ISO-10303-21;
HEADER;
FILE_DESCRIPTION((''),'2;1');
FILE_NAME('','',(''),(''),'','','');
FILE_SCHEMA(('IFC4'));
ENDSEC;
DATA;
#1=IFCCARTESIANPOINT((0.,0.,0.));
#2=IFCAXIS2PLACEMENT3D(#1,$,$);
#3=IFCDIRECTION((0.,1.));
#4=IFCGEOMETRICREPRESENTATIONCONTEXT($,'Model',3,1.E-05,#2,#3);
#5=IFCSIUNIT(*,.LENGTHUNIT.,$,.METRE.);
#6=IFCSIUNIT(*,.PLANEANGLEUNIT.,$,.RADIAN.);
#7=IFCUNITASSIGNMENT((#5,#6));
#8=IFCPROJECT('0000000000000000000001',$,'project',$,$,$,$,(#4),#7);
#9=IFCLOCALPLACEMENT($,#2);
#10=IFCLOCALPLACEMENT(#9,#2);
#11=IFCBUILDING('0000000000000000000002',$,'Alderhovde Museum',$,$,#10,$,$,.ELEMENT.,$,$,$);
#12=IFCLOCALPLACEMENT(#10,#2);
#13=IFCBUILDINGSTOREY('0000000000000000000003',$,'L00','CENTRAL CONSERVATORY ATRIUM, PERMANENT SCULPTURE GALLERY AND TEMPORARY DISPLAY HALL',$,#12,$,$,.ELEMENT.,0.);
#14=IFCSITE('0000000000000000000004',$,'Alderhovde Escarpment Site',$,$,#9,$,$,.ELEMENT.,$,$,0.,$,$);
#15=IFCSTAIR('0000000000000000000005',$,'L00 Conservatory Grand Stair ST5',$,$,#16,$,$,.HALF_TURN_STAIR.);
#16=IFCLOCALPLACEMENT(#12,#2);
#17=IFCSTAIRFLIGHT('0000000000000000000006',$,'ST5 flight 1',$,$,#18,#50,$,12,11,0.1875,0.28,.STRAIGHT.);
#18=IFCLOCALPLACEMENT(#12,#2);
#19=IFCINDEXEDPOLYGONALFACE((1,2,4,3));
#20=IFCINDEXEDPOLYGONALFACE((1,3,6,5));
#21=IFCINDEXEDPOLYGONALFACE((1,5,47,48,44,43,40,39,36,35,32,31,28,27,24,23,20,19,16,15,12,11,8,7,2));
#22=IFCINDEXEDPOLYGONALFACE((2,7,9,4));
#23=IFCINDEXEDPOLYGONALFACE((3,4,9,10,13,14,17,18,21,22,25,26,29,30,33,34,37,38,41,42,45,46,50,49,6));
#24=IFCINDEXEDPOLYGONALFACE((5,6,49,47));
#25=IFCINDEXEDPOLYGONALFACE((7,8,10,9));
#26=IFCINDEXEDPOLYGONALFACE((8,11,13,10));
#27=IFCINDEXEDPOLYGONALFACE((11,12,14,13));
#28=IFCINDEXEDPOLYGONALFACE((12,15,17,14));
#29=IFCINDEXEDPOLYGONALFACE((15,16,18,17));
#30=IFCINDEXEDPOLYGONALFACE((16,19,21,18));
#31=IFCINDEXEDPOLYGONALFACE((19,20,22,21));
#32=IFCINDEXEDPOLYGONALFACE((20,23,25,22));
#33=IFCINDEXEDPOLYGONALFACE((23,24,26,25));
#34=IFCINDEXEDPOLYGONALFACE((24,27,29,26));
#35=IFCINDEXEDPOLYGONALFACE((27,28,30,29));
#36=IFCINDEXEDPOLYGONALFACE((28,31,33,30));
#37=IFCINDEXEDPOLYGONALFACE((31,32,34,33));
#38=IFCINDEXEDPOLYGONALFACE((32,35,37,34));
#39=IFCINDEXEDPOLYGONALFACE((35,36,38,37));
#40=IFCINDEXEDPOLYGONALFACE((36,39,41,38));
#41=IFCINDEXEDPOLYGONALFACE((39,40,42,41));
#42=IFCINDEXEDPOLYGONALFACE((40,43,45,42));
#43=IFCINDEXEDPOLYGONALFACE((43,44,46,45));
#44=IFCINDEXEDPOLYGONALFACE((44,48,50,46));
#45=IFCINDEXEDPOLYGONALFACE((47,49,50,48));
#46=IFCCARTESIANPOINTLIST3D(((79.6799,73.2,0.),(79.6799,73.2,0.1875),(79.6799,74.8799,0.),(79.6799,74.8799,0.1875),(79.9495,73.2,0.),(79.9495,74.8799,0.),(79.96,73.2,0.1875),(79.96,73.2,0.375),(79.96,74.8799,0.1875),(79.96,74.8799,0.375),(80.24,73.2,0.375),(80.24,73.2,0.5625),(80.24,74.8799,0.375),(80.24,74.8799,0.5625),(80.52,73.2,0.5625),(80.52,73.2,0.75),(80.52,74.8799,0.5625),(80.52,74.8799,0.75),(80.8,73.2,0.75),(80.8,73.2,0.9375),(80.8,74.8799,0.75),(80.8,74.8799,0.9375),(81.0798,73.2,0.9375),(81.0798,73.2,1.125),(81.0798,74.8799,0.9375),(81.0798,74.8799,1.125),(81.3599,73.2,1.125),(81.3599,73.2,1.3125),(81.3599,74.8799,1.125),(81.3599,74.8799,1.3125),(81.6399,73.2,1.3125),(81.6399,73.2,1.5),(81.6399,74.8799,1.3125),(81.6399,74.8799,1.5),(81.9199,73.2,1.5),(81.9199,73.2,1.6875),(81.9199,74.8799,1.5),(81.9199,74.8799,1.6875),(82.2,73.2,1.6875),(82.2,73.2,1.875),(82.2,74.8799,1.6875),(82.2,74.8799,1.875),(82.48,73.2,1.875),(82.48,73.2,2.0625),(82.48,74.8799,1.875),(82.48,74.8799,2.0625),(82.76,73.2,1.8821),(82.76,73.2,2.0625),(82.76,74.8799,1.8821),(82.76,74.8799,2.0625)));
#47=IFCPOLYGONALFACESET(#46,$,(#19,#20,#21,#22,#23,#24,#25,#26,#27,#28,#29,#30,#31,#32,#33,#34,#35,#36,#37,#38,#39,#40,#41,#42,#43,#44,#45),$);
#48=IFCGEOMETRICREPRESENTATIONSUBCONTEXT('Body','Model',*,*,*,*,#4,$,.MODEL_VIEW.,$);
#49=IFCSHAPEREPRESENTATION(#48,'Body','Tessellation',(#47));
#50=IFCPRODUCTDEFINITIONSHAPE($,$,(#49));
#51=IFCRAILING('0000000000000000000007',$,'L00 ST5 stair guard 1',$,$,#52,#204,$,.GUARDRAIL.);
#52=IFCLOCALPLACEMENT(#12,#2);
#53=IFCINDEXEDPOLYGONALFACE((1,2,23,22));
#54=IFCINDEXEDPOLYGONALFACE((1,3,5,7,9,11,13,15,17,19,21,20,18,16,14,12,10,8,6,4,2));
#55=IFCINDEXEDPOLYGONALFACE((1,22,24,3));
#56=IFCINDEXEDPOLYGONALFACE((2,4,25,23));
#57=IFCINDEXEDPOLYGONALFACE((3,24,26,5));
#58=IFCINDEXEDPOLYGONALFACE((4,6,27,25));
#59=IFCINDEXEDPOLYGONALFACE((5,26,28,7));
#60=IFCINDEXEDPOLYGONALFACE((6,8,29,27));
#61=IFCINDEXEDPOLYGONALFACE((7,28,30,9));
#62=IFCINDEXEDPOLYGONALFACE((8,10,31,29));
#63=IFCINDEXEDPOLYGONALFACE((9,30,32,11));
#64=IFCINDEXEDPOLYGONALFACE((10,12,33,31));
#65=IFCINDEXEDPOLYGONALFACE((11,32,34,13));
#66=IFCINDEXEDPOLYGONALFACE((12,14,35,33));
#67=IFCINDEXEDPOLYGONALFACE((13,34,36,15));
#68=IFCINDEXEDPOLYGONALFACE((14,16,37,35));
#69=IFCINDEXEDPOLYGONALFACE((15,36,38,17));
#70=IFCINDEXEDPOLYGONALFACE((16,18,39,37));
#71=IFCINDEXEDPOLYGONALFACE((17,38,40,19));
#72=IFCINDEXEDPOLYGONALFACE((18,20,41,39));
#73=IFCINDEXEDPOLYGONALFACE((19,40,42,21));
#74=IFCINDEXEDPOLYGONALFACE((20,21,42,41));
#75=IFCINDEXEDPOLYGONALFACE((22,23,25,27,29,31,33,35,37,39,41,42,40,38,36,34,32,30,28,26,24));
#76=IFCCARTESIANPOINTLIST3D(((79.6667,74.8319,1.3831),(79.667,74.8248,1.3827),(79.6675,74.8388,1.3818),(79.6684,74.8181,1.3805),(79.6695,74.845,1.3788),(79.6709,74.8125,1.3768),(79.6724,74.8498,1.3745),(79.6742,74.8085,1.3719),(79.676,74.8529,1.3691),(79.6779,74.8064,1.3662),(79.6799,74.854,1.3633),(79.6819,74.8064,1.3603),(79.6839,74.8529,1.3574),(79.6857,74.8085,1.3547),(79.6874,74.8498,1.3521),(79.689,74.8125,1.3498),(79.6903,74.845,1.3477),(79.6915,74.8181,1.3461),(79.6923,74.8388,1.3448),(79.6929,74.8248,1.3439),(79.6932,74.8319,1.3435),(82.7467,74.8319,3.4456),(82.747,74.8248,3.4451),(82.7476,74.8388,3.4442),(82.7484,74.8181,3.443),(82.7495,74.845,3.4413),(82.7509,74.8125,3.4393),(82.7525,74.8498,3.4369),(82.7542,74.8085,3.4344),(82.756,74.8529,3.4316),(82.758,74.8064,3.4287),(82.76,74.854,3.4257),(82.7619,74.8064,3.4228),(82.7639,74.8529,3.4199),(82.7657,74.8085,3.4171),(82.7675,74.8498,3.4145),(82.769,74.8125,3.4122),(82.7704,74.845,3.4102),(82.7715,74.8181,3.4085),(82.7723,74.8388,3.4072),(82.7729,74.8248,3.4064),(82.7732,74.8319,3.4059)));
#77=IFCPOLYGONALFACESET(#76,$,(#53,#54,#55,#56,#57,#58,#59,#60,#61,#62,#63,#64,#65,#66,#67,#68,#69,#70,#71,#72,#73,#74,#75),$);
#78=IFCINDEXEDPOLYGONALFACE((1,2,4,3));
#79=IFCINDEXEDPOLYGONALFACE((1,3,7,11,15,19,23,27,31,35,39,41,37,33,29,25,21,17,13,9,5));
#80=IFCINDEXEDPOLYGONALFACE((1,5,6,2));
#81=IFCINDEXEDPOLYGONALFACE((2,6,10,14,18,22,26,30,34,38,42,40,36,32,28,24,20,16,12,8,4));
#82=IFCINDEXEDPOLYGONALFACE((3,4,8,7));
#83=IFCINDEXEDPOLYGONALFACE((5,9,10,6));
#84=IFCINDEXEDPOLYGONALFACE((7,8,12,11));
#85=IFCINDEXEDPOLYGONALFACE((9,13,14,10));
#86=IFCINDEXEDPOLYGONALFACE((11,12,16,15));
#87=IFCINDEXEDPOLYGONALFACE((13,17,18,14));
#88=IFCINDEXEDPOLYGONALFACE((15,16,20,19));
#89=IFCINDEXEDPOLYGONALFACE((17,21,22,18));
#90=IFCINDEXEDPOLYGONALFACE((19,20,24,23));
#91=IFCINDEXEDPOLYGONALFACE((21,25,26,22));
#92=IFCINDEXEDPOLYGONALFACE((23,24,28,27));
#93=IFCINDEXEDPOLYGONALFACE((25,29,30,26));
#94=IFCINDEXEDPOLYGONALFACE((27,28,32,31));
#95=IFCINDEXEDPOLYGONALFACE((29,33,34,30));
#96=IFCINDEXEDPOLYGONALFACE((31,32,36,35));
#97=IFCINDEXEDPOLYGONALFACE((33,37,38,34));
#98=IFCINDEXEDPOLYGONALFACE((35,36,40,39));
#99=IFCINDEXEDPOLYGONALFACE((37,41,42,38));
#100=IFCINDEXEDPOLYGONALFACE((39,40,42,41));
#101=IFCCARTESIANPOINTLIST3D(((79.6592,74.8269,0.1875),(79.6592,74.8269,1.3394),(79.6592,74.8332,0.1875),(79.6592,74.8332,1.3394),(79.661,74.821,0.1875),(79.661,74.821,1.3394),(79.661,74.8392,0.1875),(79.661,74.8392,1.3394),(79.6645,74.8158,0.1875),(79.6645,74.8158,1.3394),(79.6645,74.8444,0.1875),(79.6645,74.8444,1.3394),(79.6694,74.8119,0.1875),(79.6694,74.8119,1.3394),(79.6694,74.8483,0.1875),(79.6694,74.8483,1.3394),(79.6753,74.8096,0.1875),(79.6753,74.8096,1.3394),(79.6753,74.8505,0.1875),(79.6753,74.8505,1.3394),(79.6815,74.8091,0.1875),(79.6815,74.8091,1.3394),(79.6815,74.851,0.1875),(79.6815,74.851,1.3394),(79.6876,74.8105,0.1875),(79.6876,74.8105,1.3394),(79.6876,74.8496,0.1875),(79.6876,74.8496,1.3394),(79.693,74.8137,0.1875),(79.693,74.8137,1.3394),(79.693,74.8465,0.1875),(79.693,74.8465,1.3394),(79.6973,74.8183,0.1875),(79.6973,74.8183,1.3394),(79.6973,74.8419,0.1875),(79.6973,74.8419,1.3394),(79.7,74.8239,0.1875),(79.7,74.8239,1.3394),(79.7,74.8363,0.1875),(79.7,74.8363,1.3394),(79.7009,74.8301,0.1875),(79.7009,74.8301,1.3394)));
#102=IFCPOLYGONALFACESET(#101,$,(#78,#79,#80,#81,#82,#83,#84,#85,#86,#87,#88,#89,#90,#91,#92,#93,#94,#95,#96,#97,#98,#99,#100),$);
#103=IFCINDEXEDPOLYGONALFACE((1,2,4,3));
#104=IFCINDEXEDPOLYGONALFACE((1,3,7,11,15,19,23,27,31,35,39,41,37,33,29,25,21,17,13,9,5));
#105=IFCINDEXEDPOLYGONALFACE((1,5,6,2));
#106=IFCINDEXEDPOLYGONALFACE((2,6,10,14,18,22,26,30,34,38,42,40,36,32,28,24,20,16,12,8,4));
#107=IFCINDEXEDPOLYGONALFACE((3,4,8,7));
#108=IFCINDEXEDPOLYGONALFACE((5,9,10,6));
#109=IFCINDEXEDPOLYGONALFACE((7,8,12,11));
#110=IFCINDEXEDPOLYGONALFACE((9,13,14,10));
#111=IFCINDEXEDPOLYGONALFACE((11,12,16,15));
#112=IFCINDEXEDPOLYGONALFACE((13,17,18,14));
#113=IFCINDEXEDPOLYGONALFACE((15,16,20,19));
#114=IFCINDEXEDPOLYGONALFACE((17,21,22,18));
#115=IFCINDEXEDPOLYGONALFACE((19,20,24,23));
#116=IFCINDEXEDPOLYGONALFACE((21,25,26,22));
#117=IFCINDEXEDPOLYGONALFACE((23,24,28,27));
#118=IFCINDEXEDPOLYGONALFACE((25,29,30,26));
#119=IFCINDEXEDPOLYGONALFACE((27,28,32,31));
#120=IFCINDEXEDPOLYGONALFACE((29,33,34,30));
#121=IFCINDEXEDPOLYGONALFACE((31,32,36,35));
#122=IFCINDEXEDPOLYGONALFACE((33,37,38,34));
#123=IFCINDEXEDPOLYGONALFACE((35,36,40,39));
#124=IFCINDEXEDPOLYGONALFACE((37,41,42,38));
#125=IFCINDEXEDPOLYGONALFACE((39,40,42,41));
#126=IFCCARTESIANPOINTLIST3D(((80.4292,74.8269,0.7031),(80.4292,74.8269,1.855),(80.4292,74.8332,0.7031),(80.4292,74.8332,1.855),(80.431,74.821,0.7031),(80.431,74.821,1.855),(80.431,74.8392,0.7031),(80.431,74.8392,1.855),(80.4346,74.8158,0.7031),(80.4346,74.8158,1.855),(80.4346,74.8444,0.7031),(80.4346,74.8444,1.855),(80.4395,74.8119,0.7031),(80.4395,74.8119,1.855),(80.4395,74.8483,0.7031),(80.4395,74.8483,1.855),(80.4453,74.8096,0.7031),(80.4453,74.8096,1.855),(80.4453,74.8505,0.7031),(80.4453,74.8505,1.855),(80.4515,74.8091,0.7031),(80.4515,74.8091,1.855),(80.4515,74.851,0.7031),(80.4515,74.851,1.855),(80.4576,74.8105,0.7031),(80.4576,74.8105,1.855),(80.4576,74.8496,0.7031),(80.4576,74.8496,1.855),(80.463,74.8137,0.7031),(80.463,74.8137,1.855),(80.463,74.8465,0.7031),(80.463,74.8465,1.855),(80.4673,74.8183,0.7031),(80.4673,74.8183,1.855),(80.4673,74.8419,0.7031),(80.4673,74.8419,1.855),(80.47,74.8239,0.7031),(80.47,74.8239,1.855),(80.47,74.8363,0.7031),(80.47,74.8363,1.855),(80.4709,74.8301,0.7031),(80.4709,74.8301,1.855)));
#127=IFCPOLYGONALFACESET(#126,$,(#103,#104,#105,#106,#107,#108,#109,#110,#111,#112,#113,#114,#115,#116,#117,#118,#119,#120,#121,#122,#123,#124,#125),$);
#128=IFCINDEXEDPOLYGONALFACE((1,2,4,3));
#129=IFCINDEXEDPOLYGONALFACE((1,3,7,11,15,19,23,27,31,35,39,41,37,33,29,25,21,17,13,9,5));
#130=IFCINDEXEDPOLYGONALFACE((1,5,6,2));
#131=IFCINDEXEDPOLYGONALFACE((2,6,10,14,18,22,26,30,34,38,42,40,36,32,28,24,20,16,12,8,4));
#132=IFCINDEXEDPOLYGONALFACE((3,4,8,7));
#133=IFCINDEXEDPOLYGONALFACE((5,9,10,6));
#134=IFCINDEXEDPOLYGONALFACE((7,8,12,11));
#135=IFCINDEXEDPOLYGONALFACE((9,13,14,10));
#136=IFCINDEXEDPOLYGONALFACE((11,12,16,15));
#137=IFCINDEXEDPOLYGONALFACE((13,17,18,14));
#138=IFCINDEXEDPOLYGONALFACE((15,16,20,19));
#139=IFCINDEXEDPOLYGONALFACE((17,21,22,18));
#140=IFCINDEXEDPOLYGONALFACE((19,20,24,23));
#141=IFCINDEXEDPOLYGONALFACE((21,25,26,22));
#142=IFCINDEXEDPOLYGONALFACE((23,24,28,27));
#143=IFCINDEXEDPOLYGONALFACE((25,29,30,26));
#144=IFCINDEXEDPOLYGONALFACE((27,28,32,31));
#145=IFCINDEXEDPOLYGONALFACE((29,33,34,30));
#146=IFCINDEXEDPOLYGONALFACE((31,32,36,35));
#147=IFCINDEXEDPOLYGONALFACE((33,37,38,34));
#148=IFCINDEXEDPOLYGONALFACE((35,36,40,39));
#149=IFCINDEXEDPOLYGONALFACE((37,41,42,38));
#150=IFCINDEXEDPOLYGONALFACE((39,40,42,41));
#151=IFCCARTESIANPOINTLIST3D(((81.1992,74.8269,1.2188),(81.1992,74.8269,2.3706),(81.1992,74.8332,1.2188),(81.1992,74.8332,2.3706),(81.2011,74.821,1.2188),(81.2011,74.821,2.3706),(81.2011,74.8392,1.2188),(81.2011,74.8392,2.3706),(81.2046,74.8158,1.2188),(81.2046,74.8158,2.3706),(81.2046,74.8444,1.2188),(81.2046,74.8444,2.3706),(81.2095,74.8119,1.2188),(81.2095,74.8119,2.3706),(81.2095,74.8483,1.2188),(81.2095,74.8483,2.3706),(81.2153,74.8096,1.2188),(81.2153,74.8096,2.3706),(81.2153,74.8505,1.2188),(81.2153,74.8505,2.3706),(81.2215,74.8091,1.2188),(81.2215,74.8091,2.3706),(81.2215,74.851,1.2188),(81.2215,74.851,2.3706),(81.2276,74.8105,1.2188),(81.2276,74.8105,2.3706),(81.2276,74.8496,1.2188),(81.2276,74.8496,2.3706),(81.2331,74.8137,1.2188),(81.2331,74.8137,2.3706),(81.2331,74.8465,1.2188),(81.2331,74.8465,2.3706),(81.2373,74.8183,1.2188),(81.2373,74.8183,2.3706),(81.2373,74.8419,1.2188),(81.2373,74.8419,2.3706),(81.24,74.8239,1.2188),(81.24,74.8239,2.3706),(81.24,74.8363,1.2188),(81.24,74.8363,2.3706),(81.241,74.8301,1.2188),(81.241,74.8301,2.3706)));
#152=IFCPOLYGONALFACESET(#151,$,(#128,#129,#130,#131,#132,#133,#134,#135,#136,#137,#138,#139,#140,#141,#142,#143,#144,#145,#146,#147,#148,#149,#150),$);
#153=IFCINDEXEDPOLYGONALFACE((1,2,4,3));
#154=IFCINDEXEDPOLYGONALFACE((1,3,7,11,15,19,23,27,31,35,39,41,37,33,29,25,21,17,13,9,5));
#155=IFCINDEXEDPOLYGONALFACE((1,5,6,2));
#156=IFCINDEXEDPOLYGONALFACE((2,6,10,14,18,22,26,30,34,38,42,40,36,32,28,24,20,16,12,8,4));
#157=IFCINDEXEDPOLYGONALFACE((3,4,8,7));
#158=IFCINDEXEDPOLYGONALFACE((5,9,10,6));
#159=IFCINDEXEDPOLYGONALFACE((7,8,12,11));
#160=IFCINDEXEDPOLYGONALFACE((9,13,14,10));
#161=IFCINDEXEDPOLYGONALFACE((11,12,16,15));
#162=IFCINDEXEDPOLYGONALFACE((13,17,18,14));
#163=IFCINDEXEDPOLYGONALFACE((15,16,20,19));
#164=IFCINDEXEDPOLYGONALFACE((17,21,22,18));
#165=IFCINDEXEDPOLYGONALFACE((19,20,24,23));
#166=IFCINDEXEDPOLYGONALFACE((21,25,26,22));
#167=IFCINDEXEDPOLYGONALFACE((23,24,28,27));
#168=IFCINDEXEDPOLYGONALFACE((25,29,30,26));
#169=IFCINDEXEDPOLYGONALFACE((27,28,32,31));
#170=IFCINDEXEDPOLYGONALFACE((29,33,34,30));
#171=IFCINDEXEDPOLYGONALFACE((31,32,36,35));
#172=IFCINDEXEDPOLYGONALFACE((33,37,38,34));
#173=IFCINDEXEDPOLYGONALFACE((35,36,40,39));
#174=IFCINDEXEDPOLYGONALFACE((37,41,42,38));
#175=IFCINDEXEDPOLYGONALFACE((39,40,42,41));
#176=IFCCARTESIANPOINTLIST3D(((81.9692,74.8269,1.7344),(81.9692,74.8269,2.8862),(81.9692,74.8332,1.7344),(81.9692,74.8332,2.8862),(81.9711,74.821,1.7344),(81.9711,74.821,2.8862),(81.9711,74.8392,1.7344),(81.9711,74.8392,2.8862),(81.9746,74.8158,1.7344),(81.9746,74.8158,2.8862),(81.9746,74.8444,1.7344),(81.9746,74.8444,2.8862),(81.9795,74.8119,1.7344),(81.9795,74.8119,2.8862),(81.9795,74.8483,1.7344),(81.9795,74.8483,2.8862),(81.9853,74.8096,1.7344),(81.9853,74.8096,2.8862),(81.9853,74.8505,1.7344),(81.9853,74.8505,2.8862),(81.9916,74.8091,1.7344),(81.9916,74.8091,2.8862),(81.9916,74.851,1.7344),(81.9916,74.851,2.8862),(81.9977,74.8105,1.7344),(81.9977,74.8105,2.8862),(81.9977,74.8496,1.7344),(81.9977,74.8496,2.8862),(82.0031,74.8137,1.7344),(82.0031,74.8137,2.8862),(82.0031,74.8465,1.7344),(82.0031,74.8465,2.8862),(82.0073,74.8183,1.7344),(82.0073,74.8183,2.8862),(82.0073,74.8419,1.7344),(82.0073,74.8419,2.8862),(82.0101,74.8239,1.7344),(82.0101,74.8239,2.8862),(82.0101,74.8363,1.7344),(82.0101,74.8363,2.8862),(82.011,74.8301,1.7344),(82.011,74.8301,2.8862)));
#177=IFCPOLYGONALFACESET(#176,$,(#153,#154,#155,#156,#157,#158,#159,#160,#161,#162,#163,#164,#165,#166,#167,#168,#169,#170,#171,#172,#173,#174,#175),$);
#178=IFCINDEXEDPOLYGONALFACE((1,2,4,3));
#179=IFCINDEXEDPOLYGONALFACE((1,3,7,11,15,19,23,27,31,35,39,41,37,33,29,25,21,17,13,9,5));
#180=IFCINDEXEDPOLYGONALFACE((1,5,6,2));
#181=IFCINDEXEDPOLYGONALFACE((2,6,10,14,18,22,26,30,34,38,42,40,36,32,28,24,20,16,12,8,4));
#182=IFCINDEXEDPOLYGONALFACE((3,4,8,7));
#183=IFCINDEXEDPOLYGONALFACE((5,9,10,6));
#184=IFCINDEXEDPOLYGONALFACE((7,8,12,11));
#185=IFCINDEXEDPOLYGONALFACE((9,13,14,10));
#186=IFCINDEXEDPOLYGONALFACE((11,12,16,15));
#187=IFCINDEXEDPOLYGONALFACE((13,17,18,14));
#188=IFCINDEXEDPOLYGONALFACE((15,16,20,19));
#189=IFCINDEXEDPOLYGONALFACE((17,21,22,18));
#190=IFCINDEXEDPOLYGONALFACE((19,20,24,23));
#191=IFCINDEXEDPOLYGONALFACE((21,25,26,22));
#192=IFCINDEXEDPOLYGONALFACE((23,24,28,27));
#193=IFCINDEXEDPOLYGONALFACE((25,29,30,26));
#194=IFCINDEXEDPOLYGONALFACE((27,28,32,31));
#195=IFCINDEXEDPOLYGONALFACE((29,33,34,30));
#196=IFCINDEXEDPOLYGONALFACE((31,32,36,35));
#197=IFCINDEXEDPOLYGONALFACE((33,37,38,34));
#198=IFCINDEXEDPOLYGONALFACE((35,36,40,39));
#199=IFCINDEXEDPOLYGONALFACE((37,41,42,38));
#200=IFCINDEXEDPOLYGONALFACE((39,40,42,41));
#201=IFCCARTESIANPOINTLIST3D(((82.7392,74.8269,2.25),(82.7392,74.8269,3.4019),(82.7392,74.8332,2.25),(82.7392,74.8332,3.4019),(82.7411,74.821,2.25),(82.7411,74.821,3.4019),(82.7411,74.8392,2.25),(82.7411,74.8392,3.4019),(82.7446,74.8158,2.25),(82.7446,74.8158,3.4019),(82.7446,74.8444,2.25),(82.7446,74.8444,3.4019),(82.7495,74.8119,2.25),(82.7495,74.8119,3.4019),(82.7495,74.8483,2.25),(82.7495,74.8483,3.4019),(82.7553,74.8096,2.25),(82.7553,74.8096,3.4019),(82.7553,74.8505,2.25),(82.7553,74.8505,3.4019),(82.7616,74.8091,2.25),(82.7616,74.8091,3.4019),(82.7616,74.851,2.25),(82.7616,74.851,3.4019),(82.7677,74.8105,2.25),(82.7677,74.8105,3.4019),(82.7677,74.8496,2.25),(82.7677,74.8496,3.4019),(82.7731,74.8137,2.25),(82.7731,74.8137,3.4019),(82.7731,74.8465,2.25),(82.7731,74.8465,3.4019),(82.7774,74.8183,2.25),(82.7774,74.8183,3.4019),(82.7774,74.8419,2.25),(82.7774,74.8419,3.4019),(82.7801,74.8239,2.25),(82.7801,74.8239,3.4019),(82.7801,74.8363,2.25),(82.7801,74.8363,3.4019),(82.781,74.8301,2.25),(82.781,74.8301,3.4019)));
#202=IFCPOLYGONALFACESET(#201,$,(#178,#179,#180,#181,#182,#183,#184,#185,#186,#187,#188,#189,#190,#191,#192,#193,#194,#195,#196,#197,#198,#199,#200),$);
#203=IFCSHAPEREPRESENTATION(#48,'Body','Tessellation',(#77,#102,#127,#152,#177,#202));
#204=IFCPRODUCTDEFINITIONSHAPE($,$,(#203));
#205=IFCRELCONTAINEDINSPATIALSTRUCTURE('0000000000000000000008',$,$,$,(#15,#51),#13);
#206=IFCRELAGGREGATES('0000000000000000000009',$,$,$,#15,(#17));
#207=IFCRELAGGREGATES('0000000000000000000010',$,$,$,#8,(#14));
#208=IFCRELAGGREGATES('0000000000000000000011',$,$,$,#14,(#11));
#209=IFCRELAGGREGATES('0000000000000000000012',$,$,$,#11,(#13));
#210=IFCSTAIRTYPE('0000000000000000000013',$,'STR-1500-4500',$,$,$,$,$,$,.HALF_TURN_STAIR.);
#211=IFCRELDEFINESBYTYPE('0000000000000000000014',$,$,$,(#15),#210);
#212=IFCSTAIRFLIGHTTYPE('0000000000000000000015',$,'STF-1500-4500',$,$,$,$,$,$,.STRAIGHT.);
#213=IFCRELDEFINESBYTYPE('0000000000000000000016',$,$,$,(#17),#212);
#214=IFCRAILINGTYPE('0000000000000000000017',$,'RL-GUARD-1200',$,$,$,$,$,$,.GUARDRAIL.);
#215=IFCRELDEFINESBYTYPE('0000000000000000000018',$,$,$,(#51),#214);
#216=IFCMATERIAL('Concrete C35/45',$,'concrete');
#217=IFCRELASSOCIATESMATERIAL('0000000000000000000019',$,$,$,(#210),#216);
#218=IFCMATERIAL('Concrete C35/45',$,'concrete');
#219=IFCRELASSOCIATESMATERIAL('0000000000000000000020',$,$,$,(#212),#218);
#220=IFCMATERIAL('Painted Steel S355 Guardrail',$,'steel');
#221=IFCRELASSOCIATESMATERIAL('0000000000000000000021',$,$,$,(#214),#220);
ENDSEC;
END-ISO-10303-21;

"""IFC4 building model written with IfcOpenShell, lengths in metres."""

from ifc_helpers import new_model, si_unit, direction, frame, origin, origin_2d, place, context, subcontext, project, spatial, polyline, circle, outline, extrude, material, type_object, element, aggregate, save


model = new_model("IFC4")

# Units and contexts
model_context = context("Model", 3, precision=1e-05, world=origin(), true_north=direction((0.0, 1.0)))
body_context = subcontext(model_context, "Body", "Model", "MODEL_VIEW")
ifc_project = project(units=[si_unit("LENGTHUNIT", "METRE"), si_unit("PLANEANGLEUNIT", "RADIAN")], contexts=[model_context])

# Site, building, storey
site_placement = place(None, origin())
site = spatial("IfcSite", under=ifc_project, at=site_placement, Name="Alderhovde Escarpment Site", CompositionType="ELEMENT", RefElevation=0.0)
building_placement = place(site_placement, origin())
building = spatial("IfcBuilding", under=site, at=building_placement, Name="Alderhovde Museum", CompositionType="ELEMENT")
storey_placement = place(building_placement, origin())
storey = spatial("IfcBuildingStorey", under=building, at=storey_placement, Name="L00", Description="CENTRAL CONSERVATORY ATRIUM, PERMANENT SCULPTURE GALLERY AND TEMPORARY DISPLAY HALL", CompositionType="ELEMENT", Elevation=0.0)

# Stair, stair flight
ifc_material_1 = material(Name="Concrete C35/45", Category="concrete")
stair_type = type_object("IfcStairType", Name="STR-1500-4500", PredefinedType="HALF_TURN_STAIR", material=ifc_material_1)
stair_placement = place(storey_placement, origin())
stair = element("IfcStair", 1, at=stair_placement, inside=storey, type_object=stair_type, Name="L00 Conservatory Grand Stair ST5", PredefinedType="HALF_TURN_STAIR")
ifc_material_2 = material(Name="Concrete C35/45", Category="concrete")
stair_flight_type = type_object("IfcStairFlightType", Name="STF-1500-4500", PredefinedType="STRAIGHT", material=ifc_material_2)
stair_flight_placement = place(storey_placement, frame((79.6799, 74.04, 0.0), z_axis=(0.0, 0.0, 1.0), x_axis=(1.0, 0.0, 0.0)))
stair_flight = element("IfcStairFlight", 2, at=stair_flight_placement, type_object=stair_flight_type, Name="ST5 flight 1", NumberOfRisers=12, NumberOfTreads=11, PredefinedType="STRAIGHT", RiserHeight=0.1875, TreadLength=0.28, context=body_context, shape_type="SweptSolid", body=[
    extrude(outline(polyline([(0.0, 0.0), (0.0, 0.1875), (0.28, 0.1875), (0.28, 0.375), (0.5601, 0.375), (0.5601, 0.5625), (0.8401, 0.5625), (0.8401, 0.75), (1.1201, 0.75), (1.1201, 0.9375), (1.3999, 0.9375), (1.3999, 1.125), (1.6799, 1.125), (1.6799, 1.3125), (1.96, 1.3125), (1.96, 1.5), (2.24, 1.5), (2.24, 1.6875), (2.52, 1.6875), (2.52, 1.875), (2.8, 1.875), (2.8, 2.0625), (3.0801, 2.0625), (3.0801, 2.25), (3.0801, 1.8821), (0.2695, 0.0), (0.0, 0.0)])), frame((0.0, 0.8398, 0.0), z_axis=(0.0, -1.0, 0.0), x_axis=(1.0, 0.0, 0.0)), (0.0, 0.0, 1.0), 1.6799),
])
aggregate(stair, [stair_flight])

# Railing
ifc_material_3 = material(Name="Painted Steel S355 Guardrail", Category="steel")
railing_type_1 = type_object("IfcRailingType", Name="RL-GUARD-1200", PredefinedType="GUARDRAIL", material=ifc_material_3)
railing_1_placement = place(storey_placement, frame((79.6799, 74.8301, 0.1875)))
element("IfcRailing", 3, at=railing_1_placement, inside=storey, type_object=railing_type_1, Name="L00 ST5 stair guard 1", PredefinedType="GUARDRAIL", context=body_context, shape_type="SweptSolid", body=[
    extrude(circle(Radius=0.0239, at=origin_2d()), frame((0.0, 0.0, 1.1758), z_axis=(0.830914, 0.0, 0.556401), x_axis=(0.0, 1.0, 0.0)), (0.0, 0.0, 1.0), 3.7068),
    extrude(circle(Radius=0.021, at=origin_2d()), origin(), (0.0, 0.0, 1.0), 1.1519),
    extrude(circle(Radius=0.021, at=origin_2d()), frame((0.77, 0.0, 0.5156)), (0.0, 0.0, 1.0), 1.1519),
    extrude(circle(Radius=0.021, at=origin_2d()), frame((1.54, 0.0, 1.0312)), (0.0, 0.0, 1.0), 1.1519),
    extrude(circle(Radius=0.021, at=origin_2d()), frame((2.3101, 0.0, 1.5469)), (0.0, 0.0, 1.0), 1.1519),
    extrude(circle(Radius=0.021, at=origin_2d()), frame((3.0801, 0.0, 2.0625)), (0.0, 0.0, 1.0), 1.1519),
])

save(model, "model.ifc")
